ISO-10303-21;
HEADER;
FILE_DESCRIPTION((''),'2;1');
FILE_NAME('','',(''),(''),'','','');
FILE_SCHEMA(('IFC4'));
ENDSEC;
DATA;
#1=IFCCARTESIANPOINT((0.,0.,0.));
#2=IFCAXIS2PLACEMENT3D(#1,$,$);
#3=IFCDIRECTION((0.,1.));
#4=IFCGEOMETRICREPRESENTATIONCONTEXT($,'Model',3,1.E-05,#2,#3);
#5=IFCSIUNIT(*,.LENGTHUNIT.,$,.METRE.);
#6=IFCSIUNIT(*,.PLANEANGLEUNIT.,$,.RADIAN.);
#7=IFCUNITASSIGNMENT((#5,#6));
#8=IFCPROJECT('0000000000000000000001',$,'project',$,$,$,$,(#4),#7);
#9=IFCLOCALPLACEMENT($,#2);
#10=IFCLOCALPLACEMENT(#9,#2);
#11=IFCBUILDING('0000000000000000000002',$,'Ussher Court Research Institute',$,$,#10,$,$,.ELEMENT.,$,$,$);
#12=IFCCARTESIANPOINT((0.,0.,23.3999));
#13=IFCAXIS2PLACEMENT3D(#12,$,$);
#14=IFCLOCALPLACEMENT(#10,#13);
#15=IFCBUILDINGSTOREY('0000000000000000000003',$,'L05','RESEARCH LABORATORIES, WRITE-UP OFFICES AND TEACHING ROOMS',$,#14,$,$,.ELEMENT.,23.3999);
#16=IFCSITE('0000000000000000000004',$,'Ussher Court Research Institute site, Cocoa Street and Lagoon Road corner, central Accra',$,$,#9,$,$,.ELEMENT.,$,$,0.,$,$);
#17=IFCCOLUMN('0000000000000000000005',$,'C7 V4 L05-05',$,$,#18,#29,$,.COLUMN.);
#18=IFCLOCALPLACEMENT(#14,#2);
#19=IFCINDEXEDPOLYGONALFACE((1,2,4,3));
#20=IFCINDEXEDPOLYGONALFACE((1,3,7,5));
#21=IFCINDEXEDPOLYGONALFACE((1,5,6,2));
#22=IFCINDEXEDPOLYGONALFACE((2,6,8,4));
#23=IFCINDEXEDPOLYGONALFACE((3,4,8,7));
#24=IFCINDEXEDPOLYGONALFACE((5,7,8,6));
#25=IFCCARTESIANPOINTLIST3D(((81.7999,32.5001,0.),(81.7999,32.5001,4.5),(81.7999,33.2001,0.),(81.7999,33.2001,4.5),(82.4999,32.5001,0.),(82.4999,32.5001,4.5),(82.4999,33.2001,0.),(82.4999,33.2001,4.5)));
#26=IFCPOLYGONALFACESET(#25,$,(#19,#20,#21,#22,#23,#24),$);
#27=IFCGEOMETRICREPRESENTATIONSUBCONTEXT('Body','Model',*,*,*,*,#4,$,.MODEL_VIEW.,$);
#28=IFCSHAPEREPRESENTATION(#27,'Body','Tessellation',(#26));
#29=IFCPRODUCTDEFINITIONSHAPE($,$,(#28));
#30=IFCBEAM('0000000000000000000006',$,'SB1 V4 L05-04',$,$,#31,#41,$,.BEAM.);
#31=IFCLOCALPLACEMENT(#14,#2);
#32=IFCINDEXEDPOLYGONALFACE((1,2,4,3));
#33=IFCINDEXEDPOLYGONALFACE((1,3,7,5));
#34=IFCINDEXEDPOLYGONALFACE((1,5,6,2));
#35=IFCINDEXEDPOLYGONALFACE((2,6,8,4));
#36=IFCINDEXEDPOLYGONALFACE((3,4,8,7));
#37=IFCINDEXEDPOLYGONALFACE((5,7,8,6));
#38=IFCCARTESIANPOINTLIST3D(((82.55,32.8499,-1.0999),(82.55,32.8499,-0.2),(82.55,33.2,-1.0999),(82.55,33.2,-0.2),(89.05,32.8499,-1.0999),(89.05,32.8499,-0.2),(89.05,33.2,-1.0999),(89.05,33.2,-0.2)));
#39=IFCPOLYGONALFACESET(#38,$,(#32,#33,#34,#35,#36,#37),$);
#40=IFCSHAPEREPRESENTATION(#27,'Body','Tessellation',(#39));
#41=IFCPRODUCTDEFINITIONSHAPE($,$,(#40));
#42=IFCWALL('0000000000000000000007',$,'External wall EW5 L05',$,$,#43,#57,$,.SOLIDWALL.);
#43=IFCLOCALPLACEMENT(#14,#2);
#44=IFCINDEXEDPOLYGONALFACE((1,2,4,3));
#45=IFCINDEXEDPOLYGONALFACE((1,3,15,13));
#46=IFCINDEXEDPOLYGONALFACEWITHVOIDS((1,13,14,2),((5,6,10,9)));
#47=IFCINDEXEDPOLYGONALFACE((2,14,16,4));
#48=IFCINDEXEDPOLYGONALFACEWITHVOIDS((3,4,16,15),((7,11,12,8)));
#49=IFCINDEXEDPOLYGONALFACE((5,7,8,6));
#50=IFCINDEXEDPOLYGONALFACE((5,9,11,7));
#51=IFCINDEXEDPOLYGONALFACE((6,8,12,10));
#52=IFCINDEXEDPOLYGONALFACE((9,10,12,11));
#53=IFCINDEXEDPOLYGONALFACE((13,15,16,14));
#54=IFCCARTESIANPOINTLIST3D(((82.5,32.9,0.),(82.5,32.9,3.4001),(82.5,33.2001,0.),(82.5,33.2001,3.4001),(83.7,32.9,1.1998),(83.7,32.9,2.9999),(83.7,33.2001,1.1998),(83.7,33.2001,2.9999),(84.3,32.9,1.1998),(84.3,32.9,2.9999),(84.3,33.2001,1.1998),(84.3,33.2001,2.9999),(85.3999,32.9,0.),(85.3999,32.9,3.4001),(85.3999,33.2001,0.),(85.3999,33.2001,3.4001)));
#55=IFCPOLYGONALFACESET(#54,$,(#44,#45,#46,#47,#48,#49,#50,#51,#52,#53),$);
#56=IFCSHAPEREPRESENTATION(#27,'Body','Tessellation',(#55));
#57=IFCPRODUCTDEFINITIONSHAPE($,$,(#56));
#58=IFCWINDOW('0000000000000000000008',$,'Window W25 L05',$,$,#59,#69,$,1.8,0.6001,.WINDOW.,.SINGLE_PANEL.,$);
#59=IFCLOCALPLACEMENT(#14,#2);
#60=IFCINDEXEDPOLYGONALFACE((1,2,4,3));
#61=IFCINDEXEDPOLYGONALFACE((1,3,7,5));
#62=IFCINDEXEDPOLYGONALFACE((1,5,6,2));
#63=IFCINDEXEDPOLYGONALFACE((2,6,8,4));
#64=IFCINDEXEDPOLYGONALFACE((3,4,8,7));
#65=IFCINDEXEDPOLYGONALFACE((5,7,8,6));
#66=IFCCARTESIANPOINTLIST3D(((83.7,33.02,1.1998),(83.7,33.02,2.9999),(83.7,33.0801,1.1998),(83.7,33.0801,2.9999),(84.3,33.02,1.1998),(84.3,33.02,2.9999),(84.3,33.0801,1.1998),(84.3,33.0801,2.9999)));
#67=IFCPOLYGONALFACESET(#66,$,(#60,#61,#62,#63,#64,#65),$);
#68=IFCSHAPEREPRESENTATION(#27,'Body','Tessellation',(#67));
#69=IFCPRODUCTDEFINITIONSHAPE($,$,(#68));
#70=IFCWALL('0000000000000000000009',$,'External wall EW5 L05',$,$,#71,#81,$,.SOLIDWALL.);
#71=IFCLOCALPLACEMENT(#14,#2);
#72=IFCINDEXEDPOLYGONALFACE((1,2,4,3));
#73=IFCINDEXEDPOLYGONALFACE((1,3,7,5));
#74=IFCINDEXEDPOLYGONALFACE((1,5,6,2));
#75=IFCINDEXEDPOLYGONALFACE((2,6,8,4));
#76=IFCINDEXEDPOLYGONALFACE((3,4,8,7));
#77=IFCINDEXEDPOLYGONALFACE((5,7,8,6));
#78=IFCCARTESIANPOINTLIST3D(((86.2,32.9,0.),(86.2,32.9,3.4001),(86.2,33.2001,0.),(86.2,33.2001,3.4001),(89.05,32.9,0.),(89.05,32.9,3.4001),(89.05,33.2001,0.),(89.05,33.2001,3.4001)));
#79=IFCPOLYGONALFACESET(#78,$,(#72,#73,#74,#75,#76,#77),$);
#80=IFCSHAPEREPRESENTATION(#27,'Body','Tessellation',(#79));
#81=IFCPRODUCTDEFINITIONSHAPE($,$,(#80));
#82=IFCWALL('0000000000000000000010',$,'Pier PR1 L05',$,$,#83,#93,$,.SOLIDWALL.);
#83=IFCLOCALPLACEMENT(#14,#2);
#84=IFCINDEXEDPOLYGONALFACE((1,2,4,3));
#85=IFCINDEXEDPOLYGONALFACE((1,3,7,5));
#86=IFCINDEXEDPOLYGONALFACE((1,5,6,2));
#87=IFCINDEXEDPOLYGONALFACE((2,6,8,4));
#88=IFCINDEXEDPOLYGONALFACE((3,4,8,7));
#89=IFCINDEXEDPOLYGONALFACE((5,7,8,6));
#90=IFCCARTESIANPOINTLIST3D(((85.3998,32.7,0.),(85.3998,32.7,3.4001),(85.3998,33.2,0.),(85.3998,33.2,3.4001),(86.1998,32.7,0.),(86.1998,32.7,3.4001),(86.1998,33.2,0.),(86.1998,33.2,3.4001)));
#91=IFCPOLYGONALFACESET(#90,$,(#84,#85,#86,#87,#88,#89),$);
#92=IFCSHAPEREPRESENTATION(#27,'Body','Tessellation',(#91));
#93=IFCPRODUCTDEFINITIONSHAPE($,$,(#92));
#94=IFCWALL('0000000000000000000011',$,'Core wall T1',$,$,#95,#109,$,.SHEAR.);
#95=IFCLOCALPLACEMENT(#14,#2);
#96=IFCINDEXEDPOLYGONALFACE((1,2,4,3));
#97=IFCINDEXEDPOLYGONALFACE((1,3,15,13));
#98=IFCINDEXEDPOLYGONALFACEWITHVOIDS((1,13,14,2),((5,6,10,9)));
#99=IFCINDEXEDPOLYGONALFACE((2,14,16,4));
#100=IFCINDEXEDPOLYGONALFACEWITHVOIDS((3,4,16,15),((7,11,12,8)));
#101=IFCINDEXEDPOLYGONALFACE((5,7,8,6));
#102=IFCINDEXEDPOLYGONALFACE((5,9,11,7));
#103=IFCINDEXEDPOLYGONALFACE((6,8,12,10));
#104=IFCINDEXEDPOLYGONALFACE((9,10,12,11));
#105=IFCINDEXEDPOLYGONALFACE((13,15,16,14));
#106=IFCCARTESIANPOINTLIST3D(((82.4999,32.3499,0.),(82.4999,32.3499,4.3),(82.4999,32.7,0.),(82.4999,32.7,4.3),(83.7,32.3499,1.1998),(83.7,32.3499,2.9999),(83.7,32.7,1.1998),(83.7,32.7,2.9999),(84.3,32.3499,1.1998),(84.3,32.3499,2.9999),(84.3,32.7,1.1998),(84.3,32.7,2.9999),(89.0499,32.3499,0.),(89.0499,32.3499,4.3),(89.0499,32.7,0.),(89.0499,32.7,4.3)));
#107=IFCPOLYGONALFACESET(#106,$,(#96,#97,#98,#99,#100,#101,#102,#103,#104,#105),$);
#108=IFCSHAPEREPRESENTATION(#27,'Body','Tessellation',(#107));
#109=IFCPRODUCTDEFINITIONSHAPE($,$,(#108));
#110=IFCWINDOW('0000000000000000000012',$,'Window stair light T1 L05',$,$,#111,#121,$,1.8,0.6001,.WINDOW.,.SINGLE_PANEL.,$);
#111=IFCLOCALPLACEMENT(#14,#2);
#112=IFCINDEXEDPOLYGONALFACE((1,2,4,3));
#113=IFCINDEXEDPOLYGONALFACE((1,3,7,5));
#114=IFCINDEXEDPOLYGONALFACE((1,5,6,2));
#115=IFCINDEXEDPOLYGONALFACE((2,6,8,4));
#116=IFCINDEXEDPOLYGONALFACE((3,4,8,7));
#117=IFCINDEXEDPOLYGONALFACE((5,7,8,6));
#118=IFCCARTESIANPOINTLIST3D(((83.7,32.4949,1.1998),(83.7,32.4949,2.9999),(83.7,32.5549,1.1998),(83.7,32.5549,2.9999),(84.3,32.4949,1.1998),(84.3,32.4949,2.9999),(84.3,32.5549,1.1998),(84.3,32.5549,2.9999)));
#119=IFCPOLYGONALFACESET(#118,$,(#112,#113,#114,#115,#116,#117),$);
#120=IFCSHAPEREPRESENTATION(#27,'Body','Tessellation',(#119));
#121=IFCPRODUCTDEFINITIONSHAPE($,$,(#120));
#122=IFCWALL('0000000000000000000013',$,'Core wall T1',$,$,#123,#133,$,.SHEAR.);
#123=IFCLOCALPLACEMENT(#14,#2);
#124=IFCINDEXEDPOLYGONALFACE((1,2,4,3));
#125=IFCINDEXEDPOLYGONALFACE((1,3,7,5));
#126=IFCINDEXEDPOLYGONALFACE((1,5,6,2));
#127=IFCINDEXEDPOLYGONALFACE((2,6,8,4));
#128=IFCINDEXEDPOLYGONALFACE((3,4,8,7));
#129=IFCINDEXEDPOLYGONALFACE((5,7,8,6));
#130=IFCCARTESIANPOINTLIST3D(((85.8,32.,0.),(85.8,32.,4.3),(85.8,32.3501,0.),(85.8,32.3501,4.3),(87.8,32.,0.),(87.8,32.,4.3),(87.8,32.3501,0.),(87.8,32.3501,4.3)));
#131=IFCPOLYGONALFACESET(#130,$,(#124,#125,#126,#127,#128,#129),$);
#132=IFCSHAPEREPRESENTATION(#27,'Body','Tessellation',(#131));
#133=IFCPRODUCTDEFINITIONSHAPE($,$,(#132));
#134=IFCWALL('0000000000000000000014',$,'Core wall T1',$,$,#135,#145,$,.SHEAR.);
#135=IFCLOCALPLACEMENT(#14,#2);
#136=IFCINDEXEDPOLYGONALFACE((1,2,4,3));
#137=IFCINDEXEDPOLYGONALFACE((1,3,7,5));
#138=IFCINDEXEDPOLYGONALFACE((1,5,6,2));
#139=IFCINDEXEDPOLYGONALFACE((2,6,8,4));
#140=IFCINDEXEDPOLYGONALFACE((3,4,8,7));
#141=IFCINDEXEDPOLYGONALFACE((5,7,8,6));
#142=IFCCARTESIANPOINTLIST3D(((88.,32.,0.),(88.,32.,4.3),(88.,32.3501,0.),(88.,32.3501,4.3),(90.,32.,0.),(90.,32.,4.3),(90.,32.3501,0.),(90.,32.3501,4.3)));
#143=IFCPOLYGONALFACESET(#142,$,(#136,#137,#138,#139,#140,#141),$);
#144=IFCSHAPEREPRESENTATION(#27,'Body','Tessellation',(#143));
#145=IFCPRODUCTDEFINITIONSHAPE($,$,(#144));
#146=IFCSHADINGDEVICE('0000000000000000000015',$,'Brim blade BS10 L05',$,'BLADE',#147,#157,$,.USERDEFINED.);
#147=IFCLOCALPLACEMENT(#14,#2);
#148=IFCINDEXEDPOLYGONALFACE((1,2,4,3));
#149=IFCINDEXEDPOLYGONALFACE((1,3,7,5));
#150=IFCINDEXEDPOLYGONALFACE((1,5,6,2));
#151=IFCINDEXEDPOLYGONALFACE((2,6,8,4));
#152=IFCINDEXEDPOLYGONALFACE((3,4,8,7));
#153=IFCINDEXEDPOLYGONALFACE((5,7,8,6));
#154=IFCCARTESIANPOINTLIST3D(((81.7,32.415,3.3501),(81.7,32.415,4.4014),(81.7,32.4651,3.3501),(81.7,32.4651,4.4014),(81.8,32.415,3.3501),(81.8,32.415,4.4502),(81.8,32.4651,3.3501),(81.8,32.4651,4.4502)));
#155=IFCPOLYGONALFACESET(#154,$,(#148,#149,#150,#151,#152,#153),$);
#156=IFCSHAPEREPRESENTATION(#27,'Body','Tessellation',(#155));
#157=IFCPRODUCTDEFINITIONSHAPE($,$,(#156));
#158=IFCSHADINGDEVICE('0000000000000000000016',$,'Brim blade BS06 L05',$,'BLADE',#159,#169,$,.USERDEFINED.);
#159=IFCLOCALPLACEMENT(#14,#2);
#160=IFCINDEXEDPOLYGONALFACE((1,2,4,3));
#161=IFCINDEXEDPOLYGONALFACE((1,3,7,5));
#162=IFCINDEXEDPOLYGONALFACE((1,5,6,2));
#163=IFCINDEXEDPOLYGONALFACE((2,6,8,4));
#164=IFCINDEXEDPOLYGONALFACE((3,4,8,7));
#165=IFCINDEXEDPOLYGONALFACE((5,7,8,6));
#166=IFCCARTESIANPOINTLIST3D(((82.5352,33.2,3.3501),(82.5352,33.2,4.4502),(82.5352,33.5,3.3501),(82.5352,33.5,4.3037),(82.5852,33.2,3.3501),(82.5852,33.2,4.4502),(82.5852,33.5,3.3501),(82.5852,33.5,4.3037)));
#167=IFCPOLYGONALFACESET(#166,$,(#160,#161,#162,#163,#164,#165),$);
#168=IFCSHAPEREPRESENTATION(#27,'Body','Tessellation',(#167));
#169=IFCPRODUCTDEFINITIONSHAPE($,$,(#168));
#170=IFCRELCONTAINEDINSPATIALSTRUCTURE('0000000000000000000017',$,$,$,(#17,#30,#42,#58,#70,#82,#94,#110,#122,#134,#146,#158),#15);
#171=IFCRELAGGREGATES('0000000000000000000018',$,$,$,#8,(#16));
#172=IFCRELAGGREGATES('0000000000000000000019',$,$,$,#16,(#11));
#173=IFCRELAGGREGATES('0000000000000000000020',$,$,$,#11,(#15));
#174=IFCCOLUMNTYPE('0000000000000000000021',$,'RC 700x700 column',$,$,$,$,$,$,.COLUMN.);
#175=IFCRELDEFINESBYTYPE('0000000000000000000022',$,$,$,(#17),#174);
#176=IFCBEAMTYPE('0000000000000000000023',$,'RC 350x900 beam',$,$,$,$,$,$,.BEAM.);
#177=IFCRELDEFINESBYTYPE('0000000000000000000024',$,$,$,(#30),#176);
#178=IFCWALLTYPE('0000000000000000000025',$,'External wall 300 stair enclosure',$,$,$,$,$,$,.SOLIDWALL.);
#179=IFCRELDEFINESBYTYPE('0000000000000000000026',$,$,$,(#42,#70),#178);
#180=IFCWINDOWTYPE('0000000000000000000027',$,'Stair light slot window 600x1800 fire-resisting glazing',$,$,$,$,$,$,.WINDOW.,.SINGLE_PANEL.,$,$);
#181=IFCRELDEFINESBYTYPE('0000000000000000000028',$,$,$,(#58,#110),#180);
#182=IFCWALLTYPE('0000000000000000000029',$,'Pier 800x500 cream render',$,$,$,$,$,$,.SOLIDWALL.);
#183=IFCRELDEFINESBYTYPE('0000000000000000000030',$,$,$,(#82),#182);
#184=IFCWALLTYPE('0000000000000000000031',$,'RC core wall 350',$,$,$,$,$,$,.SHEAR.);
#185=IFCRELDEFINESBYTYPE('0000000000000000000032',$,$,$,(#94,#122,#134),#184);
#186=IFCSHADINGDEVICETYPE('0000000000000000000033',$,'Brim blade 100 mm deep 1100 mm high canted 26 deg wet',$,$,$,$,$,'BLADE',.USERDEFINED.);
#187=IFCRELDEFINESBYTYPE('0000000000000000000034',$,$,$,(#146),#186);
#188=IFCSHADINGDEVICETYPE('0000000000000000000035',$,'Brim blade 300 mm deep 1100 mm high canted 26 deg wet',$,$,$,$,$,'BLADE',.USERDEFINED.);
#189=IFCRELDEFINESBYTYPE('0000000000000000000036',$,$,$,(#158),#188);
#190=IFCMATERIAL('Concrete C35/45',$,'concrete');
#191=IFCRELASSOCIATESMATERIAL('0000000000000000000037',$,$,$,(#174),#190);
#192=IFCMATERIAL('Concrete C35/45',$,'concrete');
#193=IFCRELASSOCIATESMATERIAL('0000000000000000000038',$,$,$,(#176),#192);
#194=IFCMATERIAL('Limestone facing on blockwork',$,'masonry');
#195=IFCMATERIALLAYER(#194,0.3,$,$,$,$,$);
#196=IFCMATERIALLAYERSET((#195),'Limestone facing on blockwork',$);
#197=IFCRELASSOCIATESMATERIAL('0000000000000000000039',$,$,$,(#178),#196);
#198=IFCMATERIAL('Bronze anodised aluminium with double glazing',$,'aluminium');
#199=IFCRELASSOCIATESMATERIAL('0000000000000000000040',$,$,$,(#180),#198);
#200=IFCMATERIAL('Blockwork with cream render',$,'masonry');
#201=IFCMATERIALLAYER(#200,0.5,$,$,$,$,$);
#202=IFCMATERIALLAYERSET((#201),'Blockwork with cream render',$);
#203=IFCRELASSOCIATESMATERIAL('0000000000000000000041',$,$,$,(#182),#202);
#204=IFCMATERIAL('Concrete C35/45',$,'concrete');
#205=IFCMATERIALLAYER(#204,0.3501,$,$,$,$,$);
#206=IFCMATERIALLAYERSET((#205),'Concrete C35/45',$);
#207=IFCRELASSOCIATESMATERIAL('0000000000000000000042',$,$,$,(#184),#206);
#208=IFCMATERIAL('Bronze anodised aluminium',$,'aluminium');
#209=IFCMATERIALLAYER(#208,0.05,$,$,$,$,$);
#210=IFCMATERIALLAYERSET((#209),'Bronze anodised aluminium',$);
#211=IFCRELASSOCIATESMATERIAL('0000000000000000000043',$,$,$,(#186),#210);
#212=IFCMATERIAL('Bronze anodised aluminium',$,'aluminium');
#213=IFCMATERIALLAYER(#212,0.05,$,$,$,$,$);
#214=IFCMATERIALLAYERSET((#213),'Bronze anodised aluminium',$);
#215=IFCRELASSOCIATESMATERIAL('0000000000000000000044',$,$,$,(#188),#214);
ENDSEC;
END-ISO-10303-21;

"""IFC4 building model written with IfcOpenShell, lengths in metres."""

from ifc_helpers import new_model, si_unit, direction, frame, frame_2d, origin, origin_2d, place, context, subcontext, project, spatial, polyline, rectangle, outline, extrude, material, layer, layer_set, material_profile, profile_set, type_object, element, fill, save


model = new_model("IFC4")

# Units and contexts
model_context = context("Model", 3, precision=1e-05, world=origin(), true_north=direction((0.0, 1.0)))
body_context = subcontext(model_context, "Body", "Model", "MODEL_VIEW")
ifc_project = project(units=[si_unit("LENGTHUNIT", "METRE"), si_unit("PLANEANGLEUNIT", "RADIAN")], contexts=[model_context])

# Site, building, storey
site_placement = place(None, origin())
site = spatial("IfcSite", under=ifc_project, at=site_placement, Name="Ussher Court Research Institute site, Cocoa Street and Lagoon Road corner, central Accra", CompositionType="ELEMENT", RefElevation=0.0)
building_placement = place(site_placement, origin())
building = spatial("IfcBuilding", under=site, at=building_placement, Name="Ussher Court Research Institute", CompositionType="ELEMENT")
storey_placement = place(building_placement, frame((0.0, 0.0, 23.3999)))
storey = spatial("IfcBuildingStorey", under=building, at=storey_placement, Name="L05", Description="RESEARCH LABORATORIES, WRITE-UP OFFICES AND TEACHING ROOMS", CompositionType="ELEMENT", Elevation=23.3999)

# Column
ifc_material_1 = material(Name="Concrete C35/45", Category="concrete")
ifc_material_profile_1 = material_profile(ifc_material_1, rectangle(XDim=0.7, YDim=0.7, at=origin_2d()), Name="RC 700x700")
ifc_profile_set_1 = profile_set([ifc_material_profile_1], Name="Concrete C35/45")
column_type = type_object("IfcColumnType", Name="RC 700x700 column", PredefinedType="COLUMN", material=ifc_profile_set_1)
column_placement = place(storey_placement, frame((82.1499, 32.8501, 0.0), z_axis=(0.0, 0.0, 1.0), x_axis=(1.0, 0.0, 0.0)))
element("IfcColumn", 1, at=column_placement, inside=storey, type_object=column_type, Name="C7 V4 L05-05", PredefinedType="COLUMN", context=body_context, shape_type="SweptSolid", body=[
    extrude(rectangle(XDim=0.7, YDim=0.7, at=origin_2d()), origin(), (0.0, 0.0, 1.0), 4.5),
])

# Beam
ifc_material_2 = material(Name="Concrete C35/45", Category="concrete")
ifc_material_profile_2 = material_profile(ifc_material_2, rectangle(XDim=0.3501, YDim=0.8999, at=origin_2d()), Name="RC 350x900")
ifc_profile_set_2 = profile_set([ifc_material_profile_2], Name="Concrete C35/45")
beam_type = type_object("IfcBeamType", Name="RC 350x900 beam", PredefinedType="BEAM", material=ifc_profile_set_2)
beam_placement = place(storey_placement, frame((82.55, 33.0249, -0.6499), z_axis=(1.0, 0.0, 0.0), x_axis=(0.0, 1.0, 0.0)))
element("IfcBeam", 2, at=beam_placement, inside=storey, type_object=beam_type, Name="SB1 V4 L05-04", PredefinedType="BEAM", context=body_context, shape_type="SweptSolid", body=[
    extrude(rectangle(XDim=0.3501, YDim=0.8999, at=origin_2d()), origin(), (0.0, 0.0, 1.0), 6.5),
])

# Wall, opening, window
ifc_material_3 = material(Name="Limestone facing on blockwork", Category="masonry")
ifc_layer_1 = layer(ifc_material_3, 0.3)
ifc_layer_set_1 = layer_set([ifc_layer_1], Name="Limestone facing on blockwork")
wall_type_1 = type_object("IfcWallType", Name="External wall 300 stair enclosure", PredefinedType="SOLIDWALL", material=ifc_layer_set_1)
wall_1_placement = place(storey_placement, frame((82.5, 33.05, 0.0), z_axis=(0.0, 0.0, 1.0), x_axis=(1.0, 0.0, 0.0)))
wall_1 = element("IfcWall", 3, at=wall_1_placement, inside=storey, type_object=wall_type_1, Name="External wall EW5 L05", PredefinedType="SOLIDWALL", context=body_context, shape_type="SweptSolid", body=[
    extrude(rectangle(XDim=2.8999, YDim=0.3, at=frame_2d((1.45, 0.0))), origin(), (0.0, 0.0, 1.0), 3.4001),
])
opening_1_placement = place(wall_1_placement, frame((1.2, 0.0, 1.2)))
opening_1 = element("IfcOpeningElement", 4, at=opening_1_placement, cuts=wall_1, PredefinedType="OPENING", context=body_context, shape_type="SweptSolid", body=[
    extrude(rectangle(XDim=0.6001, YDim=1.8, at=frame_2d((0.3, 0.8999))), frame((0.0, 0.1602, 0.0), z_axis=(0.0, -1.0, 0.0), x_axis=(1.0, 0.0, 0.0)), (0.0, 0.0, 1.0), 0.3201),
])
ifc_material_4 = material(Name="Bronze anodised aluminium with double glazing", Category="aluminium")
window_type = type_object("IfcWindowType", Name="Stair light slot window 600x1800 fire-resisting glazing", PartitioningType="SINGLE_PANEL", PredefinedType="WINDOW", material=ifc_material_4)
window_1_placement = place(opening_1_placement, origin())
window_1 = element("IfcWindow", 5, at=window_1_placement, inside=storey, type_object=window_type, Name="Window W25 L05", OverallHeight=1.8, OverallWidth=0.6001, PartitioningType="SINGLE_PANEL", PredefinedType="WINDOW", context=body_context, shape_type="SweptSolid", body=[
    extrude(rectangle(XDim=0.6001, YDim=1.8, at=frame_2d((0.3, 0.8999))), frame((0.0, 0.03, 0.0), z_axis=(0.0, -1.0, 0.0), x_axis=(1.0, 0.0, 0.0)), (0.0, 0.0, 1.0), 0.0601),
])
fill(opening_1, window_1)

# Walls
wall_2_placement = place(storey_placement, frame((86.2, 33.05, 0.0), z_axis=(0.0, 0.0, 1.0), x_axis=(1.0, 0.0, 0.0)))
element("IfcWall", 6, at=wall_2_placement, inside=storey, type_object=wall_type_1, Name="External wall EW5 L05", PredefinedType="SOLIDWALL", context=body_context, shape_type="SweptSolid", body=[
    extrude(rectangle(XDim=2.8501, YDim=0.3, at=frame_2d((1.425, 0.0))), origin(), (0.0, 0.0, 1.0), 3.4001),
])
ifc_material_5 = material(Name="Blockwork with cream render", Category="masonry")
ifc_layer_2 = layer(ifc_material_5, 0.5)
ifc_layer_set_2 = layer_set([ifc_layer_2], Name="Blockwork with cream render")
wall_type_2 = type_object("IfcWallType", Name="Pier 800x500 cream render", PredefinedType="SOLIDWALL", material=ifc_layer_set_2)
wall_3_placement = place(storey_placement, frame((85.3999, 32.95, 0.0), z_axis=(0.0, 0.0, 1.0), x_axis=(1.0, 0.0, 0.0)))
element("IfcWall", 7, at=wall_3_placement, inside=storey, type_object=wall_type_2, Name="Pier PR1 L05", PredefinedType="SOLIDWALL", context=body_context, shape_type="SweptSolid", body=[
    extrude(rectangle(XDim=0.8, YDim=0.5, at=frame_2d((0.3999, 0.0))), origin(), (0.0, 0.0, 1.0), 3.4001),
])

# Wall, opening, window
ifc_material_6 = material(Name="Concrete C35/45", Category="concrete")
ifc_layer_3 = layer(ifc_material_6, 0.3501)
ifc_layer_set_3 = layer_set([ifc_layer_3], Name="Concrete C35/45")
wall_type_3 = type_object("IfcWallType", Name="RC core wall 350", PredefinedType="SHEAR", material=ifc_layer_set_3)
wall_4_placement = place(storey_placement, frame((82.5, 32.5249, 0.0), z_axis=(0.0, 0.0, 1.0), x_axis=(1.0, 0.0, 0.0)))
wall_4 = element("IfcWall", 8, at=wall_4_placement, inside=storey, type_object=wall_type_3, Name="Core wall T1", PredefinedType="SHEAR", context=body_context, shape_type="SweptSolid", body=[
    extrude(rectangle(XDim=6.55, YDim=0.3501, at=frame_2d((3.2749, 0.0))), origin(), (0.0, 0.0, 1.0), 4.3),
])
opening_2_placement = place(wall_4_placement, frame((1.2, 0.0, 1.2)))
opening_2 = element("IfcOpeningElement", 9, at=opening_2_placement, cuts=wall_4, PredefinedType="OPENING", context=body_context, shape_type="SweptSolid", body=[
    extrude(rectangle(XDim=0.6001, YDim=1.8, at=frame_2d((0.3, 0.8999))), frame((0.0, 0.1851, 0.0), z_axis=(0.0, -1.0, 0.0), x_axis=(1.0, 0.0, 0.0)), (0.0, 0.0, 1.0), 0.3701),
])
window_2_placement = place(opening_2_placement, origin())
window_2 = element("IfcWindow", 10, at=window_2_placement, inside=storey, type_object=window_type, Name="Window stair light T1 L05", OverallHeight=1.8, OverallWidth=0.6001, PartitioningType="SINGLE_PANEL", PredefinedType="WINDOW", context=body_context, shape_type="SweptSolid", body=[
    extrude(rectangle(XDim=0.6001, YDim=1.8, at=frame_2d((0.3, 0.8999))), frame((0.0, 0.03, 0.0), z_axis=(0.0, -1.0, 0.0), x_axis=(1.0, 0.0, 0.0)), (0.0, 0.0, 1.0), 0.0601),
])
fill(opening_2, window_2)

# Walls
for number, where, z_axis, x_axis, name in (
    (11, (85.8, 32.175, 0.0), (0.0, 0.0, 1.0), (1.0, 0.0, 0.0), "Core wall T1"),
    (12, (88.0, 32.175, 0.0), (0.0, 0.0, 1.0), (1.0, 0.0, 0.0), "Core wall T1"),
):
    element("IfcWall", number, at=place(storey_placement, frame(where, z_axis=z_axis, x_axis=x_axis)), inside=storey, type_object=wall_type_3, Name=name, PredefinedType="SHEAR", context=body_context, shape_type="SweptSolid", body=[
        extrude(rectangle(XDim=2.0, YDim=0.3501, at=frame_2d((1.0, 0.0))), origin(), (0.0, 0.0, 1.0), 4.3),
    ])

# Shading devices
ifc_material_7 = material(Name="Bronze anodised aluminium", Category="aluminium")
ifc_layer_4 = layer(ifc_material_7, 0.05)
ifc_layer_set_4 = layer_set([ifc_layer_4], Name="Bronze anodised aluminium")
shading_device_type_1 = type_object("IfcShadingDeviceType", Name="Brim blade 100 mm deep 1100 mm high canted 26 deg wet", ElementType="BLADE", PredefinedType="USERDEFINED", material=ifc_layer_set_4)
shading_device_1_placement = place(storey_placement, frame((81.8, 32.4399, 3.3501), z_axis=(0.0, 0.0, 1.0), x_axis=(-1.0, 0.0, 0.0)))
element("IfcShadingDevice", 13, at=shading_device_1_placement, inside=storey, type_object=shading_device_type_1, Name="Brim blade BS10 L05", ObjectType="BLADE", PredefinedType="USERDEFINED", context=body_context, shape_type="SweptSolid", body=[
    extrude(outline(polyline([(0.0, 0.0), (0.1001, 0.0), (0.1001, 1.0513), (0.0, 1.1001), (0.0, 0.0)])), frame((0.0, 0.0249, 0.0), z_axis=(0.0, -1.0, 0.0), x_axis=(1.0, 0.0, 0.0)), (0.0, 0.0, 1.0), 0.05),
])
ifc_material_8 = material(Name="Bronze anodised aluminium", Category="aluminium")
ifc_layer_5 = layer(ifc_material_8, 0.05)
ifc_layer_set_5 = layer_set([ifc_layer_5], Name="Bronze anodised aluminium")
shading_device_type_2 = type_object("IfcShadingDeviceType", Name="Brim blade 300 mm deep 1100 mm high canted 26 deg wet", ElementType="BLADE", PredefinedType="USERDEFINED", material=ifc_layer_set_5)
shading_device_2_placement = place(storey_placement, frame((82.5601, 33.2, 3.3501), z_axis=(0.0, 0.0, 1.0), x_axis=(0.0, 1.0, 0.0)))
element("IfcShadingDevice", 14, at=shading_device_2_placement, inside=storey, type_object=shading_device_type_2, Name="Brim blade BS06 L05", ObjectType="BLADE", PredefinedType="USERDEFINED", context=body_context, shape_type="SweptSolid", body=[
    extrude(outline(polyline([(0.0, 0.0), (0.3, 0.0), (0.3, 0.9536), (0.0, 1.1001), (0.0, 0.0)])), frame((0.0, 0.0249, 0.0), z_axis=(0.0, -1.0, 0.0), x_axis=(1.0, 0.0, 0.0)), (0.0, 0.0, 1.0), 0.05),
])

save(model, "model.ifc")
